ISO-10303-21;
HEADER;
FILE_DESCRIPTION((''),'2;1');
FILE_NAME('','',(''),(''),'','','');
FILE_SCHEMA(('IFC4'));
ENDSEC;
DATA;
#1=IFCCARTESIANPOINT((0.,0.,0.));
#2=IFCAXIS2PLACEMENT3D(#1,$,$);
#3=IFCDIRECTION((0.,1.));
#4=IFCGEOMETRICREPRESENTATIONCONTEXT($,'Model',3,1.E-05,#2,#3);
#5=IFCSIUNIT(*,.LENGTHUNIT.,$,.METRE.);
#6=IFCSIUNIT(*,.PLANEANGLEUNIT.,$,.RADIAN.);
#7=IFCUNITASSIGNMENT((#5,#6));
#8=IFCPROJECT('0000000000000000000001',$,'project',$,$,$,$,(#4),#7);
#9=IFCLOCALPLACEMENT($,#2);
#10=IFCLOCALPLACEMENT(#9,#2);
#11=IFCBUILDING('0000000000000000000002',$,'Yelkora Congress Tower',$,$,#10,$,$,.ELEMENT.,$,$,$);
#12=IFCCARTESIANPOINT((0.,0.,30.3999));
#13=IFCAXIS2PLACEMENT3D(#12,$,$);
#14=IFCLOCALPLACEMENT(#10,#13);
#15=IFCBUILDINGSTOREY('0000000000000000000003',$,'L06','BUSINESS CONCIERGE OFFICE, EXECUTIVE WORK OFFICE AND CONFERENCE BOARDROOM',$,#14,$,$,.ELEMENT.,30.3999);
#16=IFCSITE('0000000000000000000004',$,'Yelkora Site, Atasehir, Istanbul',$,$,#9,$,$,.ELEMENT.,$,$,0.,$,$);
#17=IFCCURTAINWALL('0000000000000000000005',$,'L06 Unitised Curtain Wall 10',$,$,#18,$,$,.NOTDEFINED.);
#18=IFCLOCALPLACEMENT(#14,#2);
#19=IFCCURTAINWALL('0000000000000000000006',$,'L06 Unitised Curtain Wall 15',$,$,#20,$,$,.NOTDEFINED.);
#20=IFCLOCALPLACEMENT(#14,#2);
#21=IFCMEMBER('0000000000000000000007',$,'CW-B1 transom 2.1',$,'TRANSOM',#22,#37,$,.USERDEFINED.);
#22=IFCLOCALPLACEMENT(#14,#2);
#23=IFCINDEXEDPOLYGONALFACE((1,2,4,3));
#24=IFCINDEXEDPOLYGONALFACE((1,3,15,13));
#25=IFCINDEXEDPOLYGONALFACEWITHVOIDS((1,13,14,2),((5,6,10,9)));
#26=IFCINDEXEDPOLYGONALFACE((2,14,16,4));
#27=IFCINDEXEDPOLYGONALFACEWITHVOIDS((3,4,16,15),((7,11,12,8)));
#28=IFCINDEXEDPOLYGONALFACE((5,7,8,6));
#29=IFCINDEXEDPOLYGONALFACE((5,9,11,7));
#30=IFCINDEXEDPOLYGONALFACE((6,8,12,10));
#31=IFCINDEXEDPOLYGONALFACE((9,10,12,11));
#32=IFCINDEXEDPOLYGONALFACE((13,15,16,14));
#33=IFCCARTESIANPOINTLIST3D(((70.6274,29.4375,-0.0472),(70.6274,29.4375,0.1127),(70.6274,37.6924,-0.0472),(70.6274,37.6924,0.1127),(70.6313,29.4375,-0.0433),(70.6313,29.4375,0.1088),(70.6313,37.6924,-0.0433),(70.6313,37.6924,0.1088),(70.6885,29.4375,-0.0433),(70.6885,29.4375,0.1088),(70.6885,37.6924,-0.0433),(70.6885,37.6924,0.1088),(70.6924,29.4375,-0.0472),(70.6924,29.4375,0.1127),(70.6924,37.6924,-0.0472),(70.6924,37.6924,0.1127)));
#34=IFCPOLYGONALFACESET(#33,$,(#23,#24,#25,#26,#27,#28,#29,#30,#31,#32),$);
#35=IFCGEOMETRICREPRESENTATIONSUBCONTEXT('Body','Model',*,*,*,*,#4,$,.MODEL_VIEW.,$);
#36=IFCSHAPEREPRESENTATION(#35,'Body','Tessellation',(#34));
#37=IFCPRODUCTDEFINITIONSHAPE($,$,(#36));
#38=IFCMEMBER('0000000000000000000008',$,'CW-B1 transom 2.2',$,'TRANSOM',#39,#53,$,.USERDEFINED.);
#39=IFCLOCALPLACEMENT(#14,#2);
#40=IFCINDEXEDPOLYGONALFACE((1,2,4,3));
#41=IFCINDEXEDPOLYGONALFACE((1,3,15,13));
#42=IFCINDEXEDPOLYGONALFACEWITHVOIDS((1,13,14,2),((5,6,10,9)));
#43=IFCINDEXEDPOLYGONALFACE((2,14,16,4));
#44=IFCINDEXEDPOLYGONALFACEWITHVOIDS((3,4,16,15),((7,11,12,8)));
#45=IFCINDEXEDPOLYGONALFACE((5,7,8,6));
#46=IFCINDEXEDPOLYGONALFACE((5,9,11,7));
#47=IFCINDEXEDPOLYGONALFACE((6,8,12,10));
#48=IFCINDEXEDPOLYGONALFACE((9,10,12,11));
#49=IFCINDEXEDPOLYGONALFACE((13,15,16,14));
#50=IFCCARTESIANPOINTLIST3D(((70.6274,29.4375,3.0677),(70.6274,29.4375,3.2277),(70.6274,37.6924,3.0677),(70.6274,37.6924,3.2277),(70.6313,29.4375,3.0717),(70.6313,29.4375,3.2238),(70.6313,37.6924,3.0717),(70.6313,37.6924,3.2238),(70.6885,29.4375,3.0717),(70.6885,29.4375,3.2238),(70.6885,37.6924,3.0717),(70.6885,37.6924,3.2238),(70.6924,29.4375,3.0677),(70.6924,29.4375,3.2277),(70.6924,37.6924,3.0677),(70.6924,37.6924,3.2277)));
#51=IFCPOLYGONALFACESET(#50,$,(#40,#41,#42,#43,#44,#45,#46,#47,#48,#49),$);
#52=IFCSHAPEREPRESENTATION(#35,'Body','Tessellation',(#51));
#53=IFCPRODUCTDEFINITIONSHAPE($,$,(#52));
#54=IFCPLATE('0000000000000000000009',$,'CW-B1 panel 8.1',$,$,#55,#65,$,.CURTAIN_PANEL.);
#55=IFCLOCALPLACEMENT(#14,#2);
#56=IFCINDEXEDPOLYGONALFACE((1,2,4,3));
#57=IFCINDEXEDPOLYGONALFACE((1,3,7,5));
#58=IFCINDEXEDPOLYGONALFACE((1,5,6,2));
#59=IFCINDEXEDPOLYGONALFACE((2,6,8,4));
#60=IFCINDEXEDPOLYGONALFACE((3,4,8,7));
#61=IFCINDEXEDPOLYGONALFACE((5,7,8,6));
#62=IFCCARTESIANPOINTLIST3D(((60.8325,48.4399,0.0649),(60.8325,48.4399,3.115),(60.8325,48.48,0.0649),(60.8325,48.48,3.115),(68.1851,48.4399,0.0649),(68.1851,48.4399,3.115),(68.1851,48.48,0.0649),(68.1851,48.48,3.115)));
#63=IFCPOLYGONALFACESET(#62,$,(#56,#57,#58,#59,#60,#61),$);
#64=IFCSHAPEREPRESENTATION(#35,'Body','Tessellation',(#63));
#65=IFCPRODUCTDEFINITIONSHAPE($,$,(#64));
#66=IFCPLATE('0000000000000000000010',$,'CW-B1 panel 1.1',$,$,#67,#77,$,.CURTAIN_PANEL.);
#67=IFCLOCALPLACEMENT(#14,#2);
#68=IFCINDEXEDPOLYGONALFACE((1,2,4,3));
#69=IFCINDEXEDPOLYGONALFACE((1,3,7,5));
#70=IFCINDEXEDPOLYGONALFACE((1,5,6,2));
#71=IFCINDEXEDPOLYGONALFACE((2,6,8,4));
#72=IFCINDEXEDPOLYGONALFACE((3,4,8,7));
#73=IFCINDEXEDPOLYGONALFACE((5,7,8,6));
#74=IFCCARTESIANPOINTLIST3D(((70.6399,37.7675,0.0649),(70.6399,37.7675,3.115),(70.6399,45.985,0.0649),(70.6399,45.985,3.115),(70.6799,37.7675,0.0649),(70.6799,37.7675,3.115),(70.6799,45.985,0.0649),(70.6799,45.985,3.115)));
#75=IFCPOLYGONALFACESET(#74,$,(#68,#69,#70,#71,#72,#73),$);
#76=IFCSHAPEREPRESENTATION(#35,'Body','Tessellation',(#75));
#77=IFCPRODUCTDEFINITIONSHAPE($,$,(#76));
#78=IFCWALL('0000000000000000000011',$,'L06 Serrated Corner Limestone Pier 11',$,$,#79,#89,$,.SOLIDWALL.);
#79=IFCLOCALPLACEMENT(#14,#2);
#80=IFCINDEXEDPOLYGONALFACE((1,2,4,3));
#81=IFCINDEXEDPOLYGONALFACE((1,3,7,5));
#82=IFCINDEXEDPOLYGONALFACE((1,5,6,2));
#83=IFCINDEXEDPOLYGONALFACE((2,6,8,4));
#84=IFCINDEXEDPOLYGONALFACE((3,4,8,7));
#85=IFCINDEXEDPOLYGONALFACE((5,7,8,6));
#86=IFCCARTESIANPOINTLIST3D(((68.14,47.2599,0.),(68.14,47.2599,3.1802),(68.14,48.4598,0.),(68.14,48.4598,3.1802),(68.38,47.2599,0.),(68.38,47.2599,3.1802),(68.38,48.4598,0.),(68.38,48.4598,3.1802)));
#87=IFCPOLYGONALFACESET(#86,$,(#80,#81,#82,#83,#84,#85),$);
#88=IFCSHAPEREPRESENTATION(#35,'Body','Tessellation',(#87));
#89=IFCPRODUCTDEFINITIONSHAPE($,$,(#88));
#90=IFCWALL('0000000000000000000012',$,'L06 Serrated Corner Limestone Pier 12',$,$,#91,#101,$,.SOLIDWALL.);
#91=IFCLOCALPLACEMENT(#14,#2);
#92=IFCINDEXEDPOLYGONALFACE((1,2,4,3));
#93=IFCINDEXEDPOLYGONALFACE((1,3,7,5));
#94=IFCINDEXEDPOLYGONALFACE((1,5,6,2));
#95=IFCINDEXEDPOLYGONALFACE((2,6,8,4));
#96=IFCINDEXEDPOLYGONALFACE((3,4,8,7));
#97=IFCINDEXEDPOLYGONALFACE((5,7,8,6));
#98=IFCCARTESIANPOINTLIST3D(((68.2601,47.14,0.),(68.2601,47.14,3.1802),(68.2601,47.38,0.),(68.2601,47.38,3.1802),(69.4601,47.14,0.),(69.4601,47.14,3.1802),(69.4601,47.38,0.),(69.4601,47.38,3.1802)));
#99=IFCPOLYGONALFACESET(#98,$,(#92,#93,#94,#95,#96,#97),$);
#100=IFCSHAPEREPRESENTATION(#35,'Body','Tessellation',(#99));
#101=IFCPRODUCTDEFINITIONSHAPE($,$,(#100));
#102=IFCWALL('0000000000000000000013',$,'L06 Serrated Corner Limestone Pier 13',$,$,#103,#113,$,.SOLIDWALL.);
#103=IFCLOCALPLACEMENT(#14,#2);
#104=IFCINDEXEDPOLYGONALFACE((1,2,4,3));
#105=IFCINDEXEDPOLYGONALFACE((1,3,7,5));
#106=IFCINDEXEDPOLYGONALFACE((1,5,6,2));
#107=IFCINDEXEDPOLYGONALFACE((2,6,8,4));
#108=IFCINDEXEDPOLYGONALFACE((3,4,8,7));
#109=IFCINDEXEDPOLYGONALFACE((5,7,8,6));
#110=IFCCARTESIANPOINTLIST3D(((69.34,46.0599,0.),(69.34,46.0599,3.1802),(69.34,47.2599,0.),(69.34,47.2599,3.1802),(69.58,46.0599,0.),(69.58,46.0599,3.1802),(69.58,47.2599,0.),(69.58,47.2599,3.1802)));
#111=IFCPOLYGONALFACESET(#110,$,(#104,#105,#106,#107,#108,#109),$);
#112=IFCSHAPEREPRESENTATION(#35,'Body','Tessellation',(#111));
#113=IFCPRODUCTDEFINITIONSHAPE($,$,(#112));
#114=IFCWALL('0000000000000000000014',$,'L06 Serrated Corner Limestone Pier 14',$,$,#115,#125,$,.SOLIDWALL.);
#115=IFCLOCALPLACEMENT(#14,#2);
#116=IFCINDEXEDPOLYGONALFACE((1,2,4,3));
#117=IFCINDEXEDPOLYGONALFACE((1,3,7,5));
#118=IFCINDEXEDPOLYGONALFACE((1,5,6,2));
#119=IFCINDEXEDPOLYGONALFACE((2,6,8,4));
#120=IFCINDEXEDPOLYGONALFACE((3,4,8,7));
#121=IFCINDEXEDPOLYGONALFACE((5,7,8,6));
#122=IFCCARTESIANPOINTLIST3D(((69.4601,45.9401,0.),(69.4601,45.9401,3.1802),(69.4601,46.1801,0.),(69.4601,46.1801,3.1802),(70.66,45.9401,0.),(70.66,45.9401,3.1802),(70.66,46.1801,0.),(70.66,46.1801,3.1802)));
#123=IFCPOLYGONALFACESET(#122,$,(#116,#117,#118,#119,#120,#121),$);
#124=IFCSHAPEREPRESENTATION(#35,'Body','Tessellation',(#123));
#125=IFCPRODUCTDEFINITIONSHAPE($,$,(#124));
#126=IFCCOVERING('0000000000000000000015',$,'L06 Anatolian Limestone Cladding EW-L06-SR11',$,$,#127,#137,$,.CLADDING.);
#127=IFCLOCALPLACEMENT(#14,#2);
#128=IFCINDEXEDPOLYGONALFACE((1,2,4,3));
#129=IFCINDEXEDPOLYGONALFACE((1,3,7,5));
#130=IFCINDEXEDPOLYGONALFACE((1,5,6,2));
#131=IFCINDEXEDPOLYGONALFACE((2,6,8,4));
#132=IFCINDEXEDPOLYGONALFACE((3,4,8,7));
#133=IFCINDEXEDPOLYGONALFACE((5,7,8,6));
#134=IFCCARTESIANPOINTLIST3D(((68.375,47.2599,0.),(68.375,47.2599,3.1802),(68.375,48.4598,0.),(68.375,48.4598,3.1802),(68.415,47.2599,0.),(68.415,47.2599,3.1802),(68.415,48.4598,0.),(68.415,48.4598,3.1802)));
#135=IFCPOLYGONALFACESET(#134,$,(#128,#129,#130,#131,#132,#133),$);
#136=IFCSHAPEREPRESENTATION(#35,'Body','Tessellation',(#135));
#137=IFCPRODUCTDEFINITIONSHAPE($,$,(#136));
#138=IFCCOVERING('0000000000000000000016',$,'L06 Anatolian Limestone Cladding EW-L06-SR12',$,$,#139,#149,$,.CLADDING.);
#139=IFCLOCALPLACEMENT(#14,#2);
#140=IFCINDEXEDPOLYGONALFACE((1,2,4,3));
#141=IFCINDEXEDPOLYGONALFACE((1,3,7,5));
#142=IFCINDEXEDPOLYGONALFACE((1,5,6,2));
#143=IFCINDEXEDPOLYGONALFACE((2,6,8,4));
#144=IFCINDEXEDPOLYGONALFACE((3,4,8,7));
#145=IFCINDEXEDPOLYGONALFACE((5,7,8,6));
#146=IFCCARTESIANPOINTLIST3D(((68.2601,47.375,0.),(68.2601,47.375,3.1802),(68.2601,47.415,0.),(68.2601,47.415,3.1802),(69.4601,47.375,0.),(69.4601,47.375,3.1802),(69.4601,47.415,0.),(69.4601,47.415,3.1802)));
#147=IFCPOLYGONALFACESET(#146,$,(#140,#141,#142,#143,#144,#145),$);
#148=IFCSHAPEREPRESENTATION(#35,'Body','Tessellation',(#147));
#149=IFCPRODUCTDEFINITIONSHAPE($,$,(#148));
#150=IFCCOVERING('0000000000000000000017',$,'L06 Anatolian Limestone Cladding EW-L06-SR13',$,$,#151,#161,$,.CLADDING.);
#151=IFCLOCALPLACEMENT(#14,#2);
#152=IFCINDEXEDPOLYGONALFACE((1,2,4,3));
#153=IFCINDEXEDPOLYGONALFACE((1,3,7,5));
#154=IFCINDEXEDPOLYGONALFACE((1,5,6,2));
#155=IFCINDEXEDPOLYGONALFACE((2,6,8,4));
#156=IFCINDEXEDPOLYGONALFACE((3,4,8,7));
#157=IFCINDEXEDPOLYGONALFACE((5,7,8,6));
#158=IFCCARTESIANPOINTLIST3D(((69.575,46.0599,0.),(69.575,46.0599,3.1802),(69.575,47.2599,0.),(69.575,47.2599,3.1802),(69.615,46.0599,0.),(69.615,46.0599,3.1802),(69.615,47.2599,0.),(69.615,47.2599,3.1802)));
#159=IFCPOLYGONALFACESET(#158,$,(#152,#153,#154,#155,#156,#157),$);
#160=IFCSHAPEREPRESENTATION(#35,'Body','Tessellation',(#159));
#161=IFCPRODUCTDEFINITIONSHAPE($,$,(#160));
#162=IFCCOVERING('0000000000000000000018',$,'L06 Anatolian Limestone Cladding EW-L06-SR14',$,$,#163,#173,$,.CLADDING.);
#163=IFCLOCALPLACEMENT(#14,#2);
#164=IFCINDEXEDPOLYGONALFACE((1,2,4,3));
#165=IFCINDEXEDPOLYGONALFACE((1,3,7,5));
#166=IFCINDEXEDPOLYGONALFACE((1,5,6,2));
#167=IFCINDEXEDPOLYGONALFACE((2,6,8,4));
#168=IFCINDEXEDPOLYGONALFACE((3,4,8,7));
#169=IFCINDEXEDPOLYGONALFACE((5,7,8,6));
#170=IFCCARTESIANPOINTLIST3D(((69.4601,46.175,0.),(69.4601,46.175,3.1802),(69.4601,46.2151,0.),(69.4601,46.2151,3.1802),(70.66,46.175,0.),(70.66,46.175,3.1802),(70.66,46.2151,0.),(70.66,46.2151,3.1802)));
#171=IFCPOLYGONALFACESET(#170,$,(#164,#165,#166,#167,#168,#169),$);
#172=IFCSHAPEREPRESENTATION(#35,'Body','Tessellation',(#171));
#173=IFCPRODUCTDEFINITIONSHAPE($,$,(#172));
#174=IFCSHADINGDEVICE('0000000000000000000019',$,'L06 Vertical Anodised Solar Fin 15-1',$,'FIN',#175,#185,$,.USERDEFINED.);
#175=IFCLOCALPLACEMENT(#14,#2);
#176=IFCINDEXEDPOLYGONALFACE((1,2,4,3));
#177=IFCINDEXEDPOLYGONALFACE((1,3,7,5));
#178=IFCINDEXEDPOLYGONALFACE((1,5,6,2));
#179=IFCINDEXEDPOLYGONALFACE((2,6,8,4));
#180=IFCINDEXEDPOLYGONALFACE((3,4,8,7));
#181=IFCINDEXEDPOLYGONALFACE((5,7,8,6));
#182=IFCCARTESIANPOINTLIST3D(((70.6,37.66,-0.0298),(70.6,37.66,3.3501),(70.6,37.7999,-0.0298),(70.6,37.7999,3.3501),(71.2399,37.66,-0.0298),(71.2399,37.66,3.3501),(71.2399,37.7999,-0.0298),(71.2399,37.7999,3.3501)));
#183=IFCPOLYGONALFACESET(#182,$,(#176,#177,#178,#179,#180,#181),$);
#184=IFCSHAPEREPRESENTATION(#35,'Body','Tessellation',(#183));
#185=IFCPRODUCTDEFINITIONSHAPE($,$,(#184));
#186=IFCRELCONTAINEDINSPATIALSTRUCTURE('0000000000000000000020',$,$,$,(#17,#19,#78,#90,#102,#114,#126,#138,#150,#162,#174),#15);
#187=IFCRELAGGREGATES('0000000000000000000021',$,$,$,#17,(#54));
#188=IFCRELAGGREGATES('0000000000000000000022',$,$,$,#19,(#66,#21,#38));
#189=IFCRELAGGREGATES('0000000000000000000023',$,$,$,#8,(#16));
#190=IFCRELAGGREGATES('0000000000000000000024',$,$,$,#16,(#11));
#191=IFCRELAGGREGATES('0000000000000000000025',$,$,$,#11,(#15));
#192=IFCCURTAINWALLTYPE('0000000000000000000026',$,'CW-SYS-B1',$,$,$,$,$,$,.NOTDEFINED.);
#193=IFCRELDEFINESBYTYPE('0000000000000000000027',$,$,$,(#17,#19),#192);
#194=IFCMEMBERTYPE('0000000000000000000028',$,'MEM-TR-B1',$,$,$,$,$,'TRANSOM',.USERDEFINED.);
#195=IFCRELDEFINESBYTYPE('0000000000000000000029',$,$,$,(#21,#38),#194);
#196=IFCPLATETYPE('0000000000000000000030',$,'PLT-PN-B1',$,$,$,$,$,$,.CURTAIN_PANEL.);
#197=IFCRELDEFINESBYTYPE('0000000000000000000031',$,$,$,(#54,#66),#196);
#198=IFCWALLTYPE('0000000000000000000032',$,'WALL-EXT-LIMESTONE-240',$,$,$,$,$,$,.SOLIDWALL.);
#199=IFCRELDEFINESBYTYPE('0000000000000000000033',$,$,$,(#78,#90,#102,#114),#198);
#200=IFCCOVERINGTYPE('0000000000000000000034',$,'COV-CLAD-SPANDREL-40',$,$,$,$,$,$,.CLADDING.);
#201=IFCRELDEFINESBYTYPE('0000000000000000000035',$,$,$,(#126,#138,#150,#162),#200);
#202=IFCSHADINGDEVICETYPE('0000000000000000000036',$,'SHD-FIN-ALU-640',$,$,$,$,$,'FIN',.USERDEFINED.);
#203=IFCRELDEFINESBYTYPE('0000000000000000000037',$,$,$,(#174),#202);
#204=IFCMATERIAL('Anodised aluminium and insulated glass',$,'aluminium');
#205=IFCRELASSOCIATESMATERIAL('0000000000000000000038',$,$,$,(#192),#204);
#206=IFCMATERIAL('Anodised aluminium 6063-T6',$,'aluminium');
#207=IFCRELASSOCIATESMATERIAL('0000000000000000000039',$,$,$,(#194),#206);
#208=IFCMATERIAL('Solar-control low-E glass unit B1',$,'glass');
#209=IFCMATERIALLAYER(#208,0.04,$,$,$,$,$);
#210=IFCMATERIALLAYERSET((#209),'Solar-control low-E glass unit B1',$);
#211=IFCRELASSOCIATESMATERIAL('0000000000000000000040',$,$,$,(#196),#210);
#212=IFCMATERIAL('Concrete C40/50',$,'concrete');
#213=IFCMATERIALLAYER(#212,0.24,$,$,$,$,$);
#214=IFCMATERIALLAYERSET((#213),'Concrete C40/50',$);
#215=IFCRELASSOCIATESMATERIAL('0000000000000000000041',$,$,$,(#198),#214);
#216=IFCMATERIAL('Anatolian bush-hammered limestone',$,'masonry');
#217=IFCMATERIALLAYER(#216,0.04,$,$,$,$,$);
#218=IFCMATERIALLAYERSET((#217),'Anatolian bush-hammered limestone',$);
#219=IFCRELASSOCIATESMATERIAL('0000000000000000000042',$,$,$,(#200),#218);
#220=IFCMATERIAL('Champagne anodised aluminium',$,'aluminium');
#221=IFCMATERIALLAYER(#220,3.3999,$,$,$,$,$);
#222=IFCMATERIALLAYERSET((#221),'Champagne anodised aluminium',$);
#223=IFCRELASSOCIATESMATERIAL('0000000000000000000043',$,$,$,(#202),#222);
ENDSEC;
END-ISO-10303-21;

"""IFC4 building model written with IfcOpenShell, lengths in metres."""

from ifc_helpers import new_model, si_unit, direction, frame, frame_2d, origin, origin_2d, place, context, subcontext, project, spatial, rectangle, hollow_rectangle, extrude, material, layer, layer_set, material_profile, profile_set, type_object, element, aggregate, save


model = new_model("IFC4")

# Units and contexts
model_context = context("Model", 3, precision=1e-05, world=origin(), true_north=direction((0.0, 1.0)))
body_context = subcontext(model_context, "Body", "Model", "MODEL_VIEW")
ifc_project = project(units=[si_unit("LENGTHUNIT", "METRE"), si_unit("PLANEANGLEUNIT", "RADIAN")], contexts=[model_context])

# Site, building, storey
site_placement = place(None, origin())
site = spatial("IfcSite", under=ifc_project, at=site_placement, Name="Yelkora Site, Atasehir, Istanbul", CompositionType="ELEMENT", RefElevation=0.0)
building_placement = place(site_placement, origin())
building = spatial("IfcBuilding", under=site, at=building_placement, Name="Yelkora Congress Tower", CompositionType="ELEMENT")
storey_placement = place(building_placement, frame((0.0, 0.0, 30.3999)))
storey = spatial("IfcBuildingStorey", under=building, at=storey_placement, Name="L06", Description="BUSINESS CONCIERGE OFFICE, EXECUTIVE WORK OFFICE AND CONFERENCE BOARDROOM", CompositionType="ELEMENT", Elevation=30.3999)

# Curtain wall
ifc_material_1 = material(Name="Anodised aluminium and insulated glass", Category="aluminium")
curtain_wall_type = type_object("IfcCurtainWallType", Name="CW-SYS-B1", PredefinedType="NOTDEFINED", material=ifc_material_1)
curtain_wall_1_placement = place(storey_placement, origin())
curtain_wall_1 = element("IfcCurtainWall", 1, at=curtain_wall_1_placement, inside=storey, type_object=curtain_wall_type, Name="L06 Unitised Curtain Wall 10", PredefinedType="NOTDEFINED")
ifc_material_2 = material(Name="Anodised aluminium 6063-T6", Category="aluminium")

# Curtain wall, members
curtain_wall_2_placement = place(storey_placement, origin())
curtain_wall_2 = element("IfcCurtainWall", 2, at=curtain_wall_2_placement, inside=storey, type_object=curtain_wall_type, Name="L06 Unitised Curtain Wall 15", PredefinedType="NOTDEFINED")
ifc_material_profile_1 = material_profile(ifc_material_2, hollow_rectangle(XDim=0.0649, YDim=0.1599, WallThickness=0.0039, at=origin_2d()), Name="ALU 65x160x4")
ifc_profile_set_1 = profile_set([ifc_material_profile_1], Name="Anodised aluminium 6063-T6")
member_type_1 = type_object("IfcMemberType", Name="MEM-TR-B1", ElementType="TRANSOM", PredefinedType="USERDEFINED", material=ifc_profile_set_1)
member_1_placement = place(storey_placement, frame((70.6599, 37.6924, 0.0327), z_axis=(0.0, -1.0, 0.0), x_axis=(1.0, 0.0, 0.0)))
member_1 = element("IfcMember", 3, at=member_1_placement, type_object=member_type_1, Name="CW-B1 transom 2.1", ObjectType="TRANSOM", PredefinedType="USERDEFINED", context=body_context, shape_type="SweptSolid", body=[
    extrude(hollow_rectangle(XDim=0.0649, YDim=0.1599, WallThickness=0.0039, at=origin_2d()), origin(), (0.0, 0.0, 1.0), 8.2549),
])
member_2_placement = place(storey_placement, frame((70.6599, 37.6924, 3.1477), z_axis=(0.0, -1.0, 0.0), x_axis=(1.0, 0.0, 0.0)))
member_2 = element("IfcMember", 4, at=member_2_placement, type_object=member_type_1, Name="CW-B1 transom 2.2", ObjectType="TRANSOM", PredefinedType="USERDEFINED", context=body_context, shape_type="SweptSolid", body=[
    extrude(hollow_rectangle(XDim=0.0649, YDim=0.1599, WallThickness=0.0039, at=origin_2d()), origin(), (0.0, 0.0, 1.0), 8.2549),
])

# Plates
ifc_material_3 = material(Name="Solar-control low-E glass unit B1", Category="glass")
ifc_layer_1 = layer(ifc_material_3, 0.04)
ifc_layer_set_1 = layer_set([ifc_layer_1], Name="Solar-control low-E glass unit B1")
plate_type = type_object("IfcPlateType", Name="PLT-PN-B1", PredefinedType="CURTAIN_PANEL", material=ifc_layer_set_1)
plate_1_placement = place(storey_placement, frame((64.5088, 48.46, 0.0649), z_axis=(0.0, 0.0, 1.0), x_axis=(1.0, 0.0, 0.0)))
plate_1 = element("IfcPlate", 5, at=plate_1_placement, type_object=plate_type, Name="CW-B1 panel 8.1", PredefinedType="CURTAIN_PANEL", context=body_context, shape_type="SweptSolid", body=[
    extrude(rectangle(XDim=7.3525, YDim=0.04, at=origin_2d()), origin(), (0.0, 0.0, 1.0), 3.05),
])
aggregate(curtain_wall_1, [plate_1])
plate_2_placement = place(storey_placement, frame((70.6599, 41.8762, 0.0649), z_axis=(0.0, 0.0, 1.0), x_axis=(0.0, -1.0, 0.0)))
plate_2 = element("IfcPlate", 6, at=plate_2_placement, type_object=plate_type, Name="CW-B1 panel 1.1", PredefinedType="CURTAIN_PANEL", context=body_context, shape_type="SweptSolid", body=[
    extrude(rectangle(XDim=8.2175, YDim=0.04, at=origin_2d()), origin(), (0.0, 0.0, 1.0), 3.05),
])
aggregate(curtain_wall_2, [plate_2, member_1, member_2])

# Walls
ifc_material_4 = material(Name="Concrete C40/50", Category="concrete")
ifc_layer_2 = layer(ifc_material_4, 0.24)
ifc_layer_set_2 = layer_set([ifc_layer_2], Name="Concrete C40/50")
wall_type = type_object("IfcWallType", Name="WALL-EXT-LIMESTONE-240", PredefinedType="SOLIDWALL", material=ifc_layer_set_2)
for number, where, z_axis, x_axis, name in (
    (7, (68.26, 48.46, 0.0), (0.0, 0.0, 1.0), (0.0, -1.0, 0.0), "L06 Serrated Corner Limestone Pier 11"),
    (8, (68.26, 47.26, 0.0), (0.0, 0.0, 1.0), (1.0, 0.0, 0.0), "L06 Serrated Corner Limestone Pier 12"),
    (9, (69.46, 47.26, 0.0), (0.0, 0.0, 1.0), (0.0, -1.0, 0.0), "L06 Serrated Corner Limestone Pier 13"),
    (10, (69.46, 46.0601, 0.0), (0.0, 0.0, 1.0), (1.0, 0.0, 0.0), "L06 Serrated Corner Limestone Pier 14"),
):
    element("IfcWall", number, at=place(storey_placement, frame(where, z_axis=z_axis, x_axis=x_axis)), inside=storey, type_object=wall_type, Name=name, PredefinedType="SOLIDWALL", context=body_context, shape_type="SweptSolid", body=[
        extrude(rectangle(XDim=1.2, YDim=0.24, at=frame_2d((0.6001, 0.0))), origin(), (0.0, 0.0, 1.0), 3.1802),
    ])

# Coverings
ifc_material_5 = material(Name="Anatolian bush-hammered limestone", Category="masonry")
ifc_layer_3 = layer(ifc_material_5, 0.04)
ifc_layer_set_3 = layer_set([ifc_layer_3], Name="Anatolian bush-hammered limestone")
covering_type = type_object("IfcCoveringType", Name="COV-CLAD-SPANDREL-40", PredefinedType="CLADDING", material=ifc_layer_set_3)
for number, where, z_axis, x_axis, name in (
    (11, (68.395, 48.46, 0.0), (0.0, 0.0, 1.0), (0.0, -1.0, 0.0), "L06 Anatolian Limestone Cladding EW-L06-SR11"),
    (12, (68.26, 47.395, 0.0), (0.0, 0.0, 1.0), (1.0, 0.0, 0.0), "L06 Anatolian Limestone Cladding EW-L06-SR12"),
    (13, (69.595, 47.26, 0.0), (0.0, 0.0, 1.0), (0.0, -1.0, 0.0), "L06 Anatolian Limestone Cladding EW-L06-SR13"),
    (14, (69.46, 46.1951, 0.0), (0.0, 0.0, 1.0), (1.0, 0.0, 0.0), "L06 Anatolian Limestone Cladding EW-L06-SR14"),
):
    element("IfcCovering", number, at=place(storey_placement, frame(where, z_axis=z_axis, x_axis=x_axis)), inside=storey, type_object=covering_type, Name=name, PredefinedType="CLADDING", context=body_context, shape_type="SweptSolid", body=[
        extrude(rectangle(XDim=1.2, YDim=0.04, at=frame_2d((0.6001, 0.0))), origin(), (0.0, 0.0, 1.0), 3.1802),
    ])

# Shading device
ifc_material_6 = material(Name="Champagne anodised aluminium", Category="aluminium")
ifc_layer_4 = layer(ifc_material_6, 3.3999)
ifc_layer_set_4 = layer_set([ifc_layer_4], Name="Champagne anodised aluminium")
shading_device_type = type_object("IfcShadingDeviceType", Name="SHD-FIN-ALU-640", ElementType="FIN", PredefinedType="USERDEFINED", material=ifc_layer_set_4)
shading_device_placement = place(storey_placement, frame((70.9199, 37.73, -0.0298), z_axis=(0.0, 0.0, 1.0), x_axis=(0.0, -1.0, 0.0)))
element("IfcShadingDevice", 15, at=shading_device_placement, inside=storey, type_object=shading_device_type, Name="L06 Vertical Anodised Solar Fin 15-1", ObjectType="FIN", PredefinedType="USERDEFINED", context=body_context, shape_type="SweptSolid", body=[
    extrude(rectangle(XDim=0.1399, YDim=0.6399, at=origin_2d()), origin(), (0.0, 0.0, 1.0), 3.3799),
])

save(model, "model.ifc")
